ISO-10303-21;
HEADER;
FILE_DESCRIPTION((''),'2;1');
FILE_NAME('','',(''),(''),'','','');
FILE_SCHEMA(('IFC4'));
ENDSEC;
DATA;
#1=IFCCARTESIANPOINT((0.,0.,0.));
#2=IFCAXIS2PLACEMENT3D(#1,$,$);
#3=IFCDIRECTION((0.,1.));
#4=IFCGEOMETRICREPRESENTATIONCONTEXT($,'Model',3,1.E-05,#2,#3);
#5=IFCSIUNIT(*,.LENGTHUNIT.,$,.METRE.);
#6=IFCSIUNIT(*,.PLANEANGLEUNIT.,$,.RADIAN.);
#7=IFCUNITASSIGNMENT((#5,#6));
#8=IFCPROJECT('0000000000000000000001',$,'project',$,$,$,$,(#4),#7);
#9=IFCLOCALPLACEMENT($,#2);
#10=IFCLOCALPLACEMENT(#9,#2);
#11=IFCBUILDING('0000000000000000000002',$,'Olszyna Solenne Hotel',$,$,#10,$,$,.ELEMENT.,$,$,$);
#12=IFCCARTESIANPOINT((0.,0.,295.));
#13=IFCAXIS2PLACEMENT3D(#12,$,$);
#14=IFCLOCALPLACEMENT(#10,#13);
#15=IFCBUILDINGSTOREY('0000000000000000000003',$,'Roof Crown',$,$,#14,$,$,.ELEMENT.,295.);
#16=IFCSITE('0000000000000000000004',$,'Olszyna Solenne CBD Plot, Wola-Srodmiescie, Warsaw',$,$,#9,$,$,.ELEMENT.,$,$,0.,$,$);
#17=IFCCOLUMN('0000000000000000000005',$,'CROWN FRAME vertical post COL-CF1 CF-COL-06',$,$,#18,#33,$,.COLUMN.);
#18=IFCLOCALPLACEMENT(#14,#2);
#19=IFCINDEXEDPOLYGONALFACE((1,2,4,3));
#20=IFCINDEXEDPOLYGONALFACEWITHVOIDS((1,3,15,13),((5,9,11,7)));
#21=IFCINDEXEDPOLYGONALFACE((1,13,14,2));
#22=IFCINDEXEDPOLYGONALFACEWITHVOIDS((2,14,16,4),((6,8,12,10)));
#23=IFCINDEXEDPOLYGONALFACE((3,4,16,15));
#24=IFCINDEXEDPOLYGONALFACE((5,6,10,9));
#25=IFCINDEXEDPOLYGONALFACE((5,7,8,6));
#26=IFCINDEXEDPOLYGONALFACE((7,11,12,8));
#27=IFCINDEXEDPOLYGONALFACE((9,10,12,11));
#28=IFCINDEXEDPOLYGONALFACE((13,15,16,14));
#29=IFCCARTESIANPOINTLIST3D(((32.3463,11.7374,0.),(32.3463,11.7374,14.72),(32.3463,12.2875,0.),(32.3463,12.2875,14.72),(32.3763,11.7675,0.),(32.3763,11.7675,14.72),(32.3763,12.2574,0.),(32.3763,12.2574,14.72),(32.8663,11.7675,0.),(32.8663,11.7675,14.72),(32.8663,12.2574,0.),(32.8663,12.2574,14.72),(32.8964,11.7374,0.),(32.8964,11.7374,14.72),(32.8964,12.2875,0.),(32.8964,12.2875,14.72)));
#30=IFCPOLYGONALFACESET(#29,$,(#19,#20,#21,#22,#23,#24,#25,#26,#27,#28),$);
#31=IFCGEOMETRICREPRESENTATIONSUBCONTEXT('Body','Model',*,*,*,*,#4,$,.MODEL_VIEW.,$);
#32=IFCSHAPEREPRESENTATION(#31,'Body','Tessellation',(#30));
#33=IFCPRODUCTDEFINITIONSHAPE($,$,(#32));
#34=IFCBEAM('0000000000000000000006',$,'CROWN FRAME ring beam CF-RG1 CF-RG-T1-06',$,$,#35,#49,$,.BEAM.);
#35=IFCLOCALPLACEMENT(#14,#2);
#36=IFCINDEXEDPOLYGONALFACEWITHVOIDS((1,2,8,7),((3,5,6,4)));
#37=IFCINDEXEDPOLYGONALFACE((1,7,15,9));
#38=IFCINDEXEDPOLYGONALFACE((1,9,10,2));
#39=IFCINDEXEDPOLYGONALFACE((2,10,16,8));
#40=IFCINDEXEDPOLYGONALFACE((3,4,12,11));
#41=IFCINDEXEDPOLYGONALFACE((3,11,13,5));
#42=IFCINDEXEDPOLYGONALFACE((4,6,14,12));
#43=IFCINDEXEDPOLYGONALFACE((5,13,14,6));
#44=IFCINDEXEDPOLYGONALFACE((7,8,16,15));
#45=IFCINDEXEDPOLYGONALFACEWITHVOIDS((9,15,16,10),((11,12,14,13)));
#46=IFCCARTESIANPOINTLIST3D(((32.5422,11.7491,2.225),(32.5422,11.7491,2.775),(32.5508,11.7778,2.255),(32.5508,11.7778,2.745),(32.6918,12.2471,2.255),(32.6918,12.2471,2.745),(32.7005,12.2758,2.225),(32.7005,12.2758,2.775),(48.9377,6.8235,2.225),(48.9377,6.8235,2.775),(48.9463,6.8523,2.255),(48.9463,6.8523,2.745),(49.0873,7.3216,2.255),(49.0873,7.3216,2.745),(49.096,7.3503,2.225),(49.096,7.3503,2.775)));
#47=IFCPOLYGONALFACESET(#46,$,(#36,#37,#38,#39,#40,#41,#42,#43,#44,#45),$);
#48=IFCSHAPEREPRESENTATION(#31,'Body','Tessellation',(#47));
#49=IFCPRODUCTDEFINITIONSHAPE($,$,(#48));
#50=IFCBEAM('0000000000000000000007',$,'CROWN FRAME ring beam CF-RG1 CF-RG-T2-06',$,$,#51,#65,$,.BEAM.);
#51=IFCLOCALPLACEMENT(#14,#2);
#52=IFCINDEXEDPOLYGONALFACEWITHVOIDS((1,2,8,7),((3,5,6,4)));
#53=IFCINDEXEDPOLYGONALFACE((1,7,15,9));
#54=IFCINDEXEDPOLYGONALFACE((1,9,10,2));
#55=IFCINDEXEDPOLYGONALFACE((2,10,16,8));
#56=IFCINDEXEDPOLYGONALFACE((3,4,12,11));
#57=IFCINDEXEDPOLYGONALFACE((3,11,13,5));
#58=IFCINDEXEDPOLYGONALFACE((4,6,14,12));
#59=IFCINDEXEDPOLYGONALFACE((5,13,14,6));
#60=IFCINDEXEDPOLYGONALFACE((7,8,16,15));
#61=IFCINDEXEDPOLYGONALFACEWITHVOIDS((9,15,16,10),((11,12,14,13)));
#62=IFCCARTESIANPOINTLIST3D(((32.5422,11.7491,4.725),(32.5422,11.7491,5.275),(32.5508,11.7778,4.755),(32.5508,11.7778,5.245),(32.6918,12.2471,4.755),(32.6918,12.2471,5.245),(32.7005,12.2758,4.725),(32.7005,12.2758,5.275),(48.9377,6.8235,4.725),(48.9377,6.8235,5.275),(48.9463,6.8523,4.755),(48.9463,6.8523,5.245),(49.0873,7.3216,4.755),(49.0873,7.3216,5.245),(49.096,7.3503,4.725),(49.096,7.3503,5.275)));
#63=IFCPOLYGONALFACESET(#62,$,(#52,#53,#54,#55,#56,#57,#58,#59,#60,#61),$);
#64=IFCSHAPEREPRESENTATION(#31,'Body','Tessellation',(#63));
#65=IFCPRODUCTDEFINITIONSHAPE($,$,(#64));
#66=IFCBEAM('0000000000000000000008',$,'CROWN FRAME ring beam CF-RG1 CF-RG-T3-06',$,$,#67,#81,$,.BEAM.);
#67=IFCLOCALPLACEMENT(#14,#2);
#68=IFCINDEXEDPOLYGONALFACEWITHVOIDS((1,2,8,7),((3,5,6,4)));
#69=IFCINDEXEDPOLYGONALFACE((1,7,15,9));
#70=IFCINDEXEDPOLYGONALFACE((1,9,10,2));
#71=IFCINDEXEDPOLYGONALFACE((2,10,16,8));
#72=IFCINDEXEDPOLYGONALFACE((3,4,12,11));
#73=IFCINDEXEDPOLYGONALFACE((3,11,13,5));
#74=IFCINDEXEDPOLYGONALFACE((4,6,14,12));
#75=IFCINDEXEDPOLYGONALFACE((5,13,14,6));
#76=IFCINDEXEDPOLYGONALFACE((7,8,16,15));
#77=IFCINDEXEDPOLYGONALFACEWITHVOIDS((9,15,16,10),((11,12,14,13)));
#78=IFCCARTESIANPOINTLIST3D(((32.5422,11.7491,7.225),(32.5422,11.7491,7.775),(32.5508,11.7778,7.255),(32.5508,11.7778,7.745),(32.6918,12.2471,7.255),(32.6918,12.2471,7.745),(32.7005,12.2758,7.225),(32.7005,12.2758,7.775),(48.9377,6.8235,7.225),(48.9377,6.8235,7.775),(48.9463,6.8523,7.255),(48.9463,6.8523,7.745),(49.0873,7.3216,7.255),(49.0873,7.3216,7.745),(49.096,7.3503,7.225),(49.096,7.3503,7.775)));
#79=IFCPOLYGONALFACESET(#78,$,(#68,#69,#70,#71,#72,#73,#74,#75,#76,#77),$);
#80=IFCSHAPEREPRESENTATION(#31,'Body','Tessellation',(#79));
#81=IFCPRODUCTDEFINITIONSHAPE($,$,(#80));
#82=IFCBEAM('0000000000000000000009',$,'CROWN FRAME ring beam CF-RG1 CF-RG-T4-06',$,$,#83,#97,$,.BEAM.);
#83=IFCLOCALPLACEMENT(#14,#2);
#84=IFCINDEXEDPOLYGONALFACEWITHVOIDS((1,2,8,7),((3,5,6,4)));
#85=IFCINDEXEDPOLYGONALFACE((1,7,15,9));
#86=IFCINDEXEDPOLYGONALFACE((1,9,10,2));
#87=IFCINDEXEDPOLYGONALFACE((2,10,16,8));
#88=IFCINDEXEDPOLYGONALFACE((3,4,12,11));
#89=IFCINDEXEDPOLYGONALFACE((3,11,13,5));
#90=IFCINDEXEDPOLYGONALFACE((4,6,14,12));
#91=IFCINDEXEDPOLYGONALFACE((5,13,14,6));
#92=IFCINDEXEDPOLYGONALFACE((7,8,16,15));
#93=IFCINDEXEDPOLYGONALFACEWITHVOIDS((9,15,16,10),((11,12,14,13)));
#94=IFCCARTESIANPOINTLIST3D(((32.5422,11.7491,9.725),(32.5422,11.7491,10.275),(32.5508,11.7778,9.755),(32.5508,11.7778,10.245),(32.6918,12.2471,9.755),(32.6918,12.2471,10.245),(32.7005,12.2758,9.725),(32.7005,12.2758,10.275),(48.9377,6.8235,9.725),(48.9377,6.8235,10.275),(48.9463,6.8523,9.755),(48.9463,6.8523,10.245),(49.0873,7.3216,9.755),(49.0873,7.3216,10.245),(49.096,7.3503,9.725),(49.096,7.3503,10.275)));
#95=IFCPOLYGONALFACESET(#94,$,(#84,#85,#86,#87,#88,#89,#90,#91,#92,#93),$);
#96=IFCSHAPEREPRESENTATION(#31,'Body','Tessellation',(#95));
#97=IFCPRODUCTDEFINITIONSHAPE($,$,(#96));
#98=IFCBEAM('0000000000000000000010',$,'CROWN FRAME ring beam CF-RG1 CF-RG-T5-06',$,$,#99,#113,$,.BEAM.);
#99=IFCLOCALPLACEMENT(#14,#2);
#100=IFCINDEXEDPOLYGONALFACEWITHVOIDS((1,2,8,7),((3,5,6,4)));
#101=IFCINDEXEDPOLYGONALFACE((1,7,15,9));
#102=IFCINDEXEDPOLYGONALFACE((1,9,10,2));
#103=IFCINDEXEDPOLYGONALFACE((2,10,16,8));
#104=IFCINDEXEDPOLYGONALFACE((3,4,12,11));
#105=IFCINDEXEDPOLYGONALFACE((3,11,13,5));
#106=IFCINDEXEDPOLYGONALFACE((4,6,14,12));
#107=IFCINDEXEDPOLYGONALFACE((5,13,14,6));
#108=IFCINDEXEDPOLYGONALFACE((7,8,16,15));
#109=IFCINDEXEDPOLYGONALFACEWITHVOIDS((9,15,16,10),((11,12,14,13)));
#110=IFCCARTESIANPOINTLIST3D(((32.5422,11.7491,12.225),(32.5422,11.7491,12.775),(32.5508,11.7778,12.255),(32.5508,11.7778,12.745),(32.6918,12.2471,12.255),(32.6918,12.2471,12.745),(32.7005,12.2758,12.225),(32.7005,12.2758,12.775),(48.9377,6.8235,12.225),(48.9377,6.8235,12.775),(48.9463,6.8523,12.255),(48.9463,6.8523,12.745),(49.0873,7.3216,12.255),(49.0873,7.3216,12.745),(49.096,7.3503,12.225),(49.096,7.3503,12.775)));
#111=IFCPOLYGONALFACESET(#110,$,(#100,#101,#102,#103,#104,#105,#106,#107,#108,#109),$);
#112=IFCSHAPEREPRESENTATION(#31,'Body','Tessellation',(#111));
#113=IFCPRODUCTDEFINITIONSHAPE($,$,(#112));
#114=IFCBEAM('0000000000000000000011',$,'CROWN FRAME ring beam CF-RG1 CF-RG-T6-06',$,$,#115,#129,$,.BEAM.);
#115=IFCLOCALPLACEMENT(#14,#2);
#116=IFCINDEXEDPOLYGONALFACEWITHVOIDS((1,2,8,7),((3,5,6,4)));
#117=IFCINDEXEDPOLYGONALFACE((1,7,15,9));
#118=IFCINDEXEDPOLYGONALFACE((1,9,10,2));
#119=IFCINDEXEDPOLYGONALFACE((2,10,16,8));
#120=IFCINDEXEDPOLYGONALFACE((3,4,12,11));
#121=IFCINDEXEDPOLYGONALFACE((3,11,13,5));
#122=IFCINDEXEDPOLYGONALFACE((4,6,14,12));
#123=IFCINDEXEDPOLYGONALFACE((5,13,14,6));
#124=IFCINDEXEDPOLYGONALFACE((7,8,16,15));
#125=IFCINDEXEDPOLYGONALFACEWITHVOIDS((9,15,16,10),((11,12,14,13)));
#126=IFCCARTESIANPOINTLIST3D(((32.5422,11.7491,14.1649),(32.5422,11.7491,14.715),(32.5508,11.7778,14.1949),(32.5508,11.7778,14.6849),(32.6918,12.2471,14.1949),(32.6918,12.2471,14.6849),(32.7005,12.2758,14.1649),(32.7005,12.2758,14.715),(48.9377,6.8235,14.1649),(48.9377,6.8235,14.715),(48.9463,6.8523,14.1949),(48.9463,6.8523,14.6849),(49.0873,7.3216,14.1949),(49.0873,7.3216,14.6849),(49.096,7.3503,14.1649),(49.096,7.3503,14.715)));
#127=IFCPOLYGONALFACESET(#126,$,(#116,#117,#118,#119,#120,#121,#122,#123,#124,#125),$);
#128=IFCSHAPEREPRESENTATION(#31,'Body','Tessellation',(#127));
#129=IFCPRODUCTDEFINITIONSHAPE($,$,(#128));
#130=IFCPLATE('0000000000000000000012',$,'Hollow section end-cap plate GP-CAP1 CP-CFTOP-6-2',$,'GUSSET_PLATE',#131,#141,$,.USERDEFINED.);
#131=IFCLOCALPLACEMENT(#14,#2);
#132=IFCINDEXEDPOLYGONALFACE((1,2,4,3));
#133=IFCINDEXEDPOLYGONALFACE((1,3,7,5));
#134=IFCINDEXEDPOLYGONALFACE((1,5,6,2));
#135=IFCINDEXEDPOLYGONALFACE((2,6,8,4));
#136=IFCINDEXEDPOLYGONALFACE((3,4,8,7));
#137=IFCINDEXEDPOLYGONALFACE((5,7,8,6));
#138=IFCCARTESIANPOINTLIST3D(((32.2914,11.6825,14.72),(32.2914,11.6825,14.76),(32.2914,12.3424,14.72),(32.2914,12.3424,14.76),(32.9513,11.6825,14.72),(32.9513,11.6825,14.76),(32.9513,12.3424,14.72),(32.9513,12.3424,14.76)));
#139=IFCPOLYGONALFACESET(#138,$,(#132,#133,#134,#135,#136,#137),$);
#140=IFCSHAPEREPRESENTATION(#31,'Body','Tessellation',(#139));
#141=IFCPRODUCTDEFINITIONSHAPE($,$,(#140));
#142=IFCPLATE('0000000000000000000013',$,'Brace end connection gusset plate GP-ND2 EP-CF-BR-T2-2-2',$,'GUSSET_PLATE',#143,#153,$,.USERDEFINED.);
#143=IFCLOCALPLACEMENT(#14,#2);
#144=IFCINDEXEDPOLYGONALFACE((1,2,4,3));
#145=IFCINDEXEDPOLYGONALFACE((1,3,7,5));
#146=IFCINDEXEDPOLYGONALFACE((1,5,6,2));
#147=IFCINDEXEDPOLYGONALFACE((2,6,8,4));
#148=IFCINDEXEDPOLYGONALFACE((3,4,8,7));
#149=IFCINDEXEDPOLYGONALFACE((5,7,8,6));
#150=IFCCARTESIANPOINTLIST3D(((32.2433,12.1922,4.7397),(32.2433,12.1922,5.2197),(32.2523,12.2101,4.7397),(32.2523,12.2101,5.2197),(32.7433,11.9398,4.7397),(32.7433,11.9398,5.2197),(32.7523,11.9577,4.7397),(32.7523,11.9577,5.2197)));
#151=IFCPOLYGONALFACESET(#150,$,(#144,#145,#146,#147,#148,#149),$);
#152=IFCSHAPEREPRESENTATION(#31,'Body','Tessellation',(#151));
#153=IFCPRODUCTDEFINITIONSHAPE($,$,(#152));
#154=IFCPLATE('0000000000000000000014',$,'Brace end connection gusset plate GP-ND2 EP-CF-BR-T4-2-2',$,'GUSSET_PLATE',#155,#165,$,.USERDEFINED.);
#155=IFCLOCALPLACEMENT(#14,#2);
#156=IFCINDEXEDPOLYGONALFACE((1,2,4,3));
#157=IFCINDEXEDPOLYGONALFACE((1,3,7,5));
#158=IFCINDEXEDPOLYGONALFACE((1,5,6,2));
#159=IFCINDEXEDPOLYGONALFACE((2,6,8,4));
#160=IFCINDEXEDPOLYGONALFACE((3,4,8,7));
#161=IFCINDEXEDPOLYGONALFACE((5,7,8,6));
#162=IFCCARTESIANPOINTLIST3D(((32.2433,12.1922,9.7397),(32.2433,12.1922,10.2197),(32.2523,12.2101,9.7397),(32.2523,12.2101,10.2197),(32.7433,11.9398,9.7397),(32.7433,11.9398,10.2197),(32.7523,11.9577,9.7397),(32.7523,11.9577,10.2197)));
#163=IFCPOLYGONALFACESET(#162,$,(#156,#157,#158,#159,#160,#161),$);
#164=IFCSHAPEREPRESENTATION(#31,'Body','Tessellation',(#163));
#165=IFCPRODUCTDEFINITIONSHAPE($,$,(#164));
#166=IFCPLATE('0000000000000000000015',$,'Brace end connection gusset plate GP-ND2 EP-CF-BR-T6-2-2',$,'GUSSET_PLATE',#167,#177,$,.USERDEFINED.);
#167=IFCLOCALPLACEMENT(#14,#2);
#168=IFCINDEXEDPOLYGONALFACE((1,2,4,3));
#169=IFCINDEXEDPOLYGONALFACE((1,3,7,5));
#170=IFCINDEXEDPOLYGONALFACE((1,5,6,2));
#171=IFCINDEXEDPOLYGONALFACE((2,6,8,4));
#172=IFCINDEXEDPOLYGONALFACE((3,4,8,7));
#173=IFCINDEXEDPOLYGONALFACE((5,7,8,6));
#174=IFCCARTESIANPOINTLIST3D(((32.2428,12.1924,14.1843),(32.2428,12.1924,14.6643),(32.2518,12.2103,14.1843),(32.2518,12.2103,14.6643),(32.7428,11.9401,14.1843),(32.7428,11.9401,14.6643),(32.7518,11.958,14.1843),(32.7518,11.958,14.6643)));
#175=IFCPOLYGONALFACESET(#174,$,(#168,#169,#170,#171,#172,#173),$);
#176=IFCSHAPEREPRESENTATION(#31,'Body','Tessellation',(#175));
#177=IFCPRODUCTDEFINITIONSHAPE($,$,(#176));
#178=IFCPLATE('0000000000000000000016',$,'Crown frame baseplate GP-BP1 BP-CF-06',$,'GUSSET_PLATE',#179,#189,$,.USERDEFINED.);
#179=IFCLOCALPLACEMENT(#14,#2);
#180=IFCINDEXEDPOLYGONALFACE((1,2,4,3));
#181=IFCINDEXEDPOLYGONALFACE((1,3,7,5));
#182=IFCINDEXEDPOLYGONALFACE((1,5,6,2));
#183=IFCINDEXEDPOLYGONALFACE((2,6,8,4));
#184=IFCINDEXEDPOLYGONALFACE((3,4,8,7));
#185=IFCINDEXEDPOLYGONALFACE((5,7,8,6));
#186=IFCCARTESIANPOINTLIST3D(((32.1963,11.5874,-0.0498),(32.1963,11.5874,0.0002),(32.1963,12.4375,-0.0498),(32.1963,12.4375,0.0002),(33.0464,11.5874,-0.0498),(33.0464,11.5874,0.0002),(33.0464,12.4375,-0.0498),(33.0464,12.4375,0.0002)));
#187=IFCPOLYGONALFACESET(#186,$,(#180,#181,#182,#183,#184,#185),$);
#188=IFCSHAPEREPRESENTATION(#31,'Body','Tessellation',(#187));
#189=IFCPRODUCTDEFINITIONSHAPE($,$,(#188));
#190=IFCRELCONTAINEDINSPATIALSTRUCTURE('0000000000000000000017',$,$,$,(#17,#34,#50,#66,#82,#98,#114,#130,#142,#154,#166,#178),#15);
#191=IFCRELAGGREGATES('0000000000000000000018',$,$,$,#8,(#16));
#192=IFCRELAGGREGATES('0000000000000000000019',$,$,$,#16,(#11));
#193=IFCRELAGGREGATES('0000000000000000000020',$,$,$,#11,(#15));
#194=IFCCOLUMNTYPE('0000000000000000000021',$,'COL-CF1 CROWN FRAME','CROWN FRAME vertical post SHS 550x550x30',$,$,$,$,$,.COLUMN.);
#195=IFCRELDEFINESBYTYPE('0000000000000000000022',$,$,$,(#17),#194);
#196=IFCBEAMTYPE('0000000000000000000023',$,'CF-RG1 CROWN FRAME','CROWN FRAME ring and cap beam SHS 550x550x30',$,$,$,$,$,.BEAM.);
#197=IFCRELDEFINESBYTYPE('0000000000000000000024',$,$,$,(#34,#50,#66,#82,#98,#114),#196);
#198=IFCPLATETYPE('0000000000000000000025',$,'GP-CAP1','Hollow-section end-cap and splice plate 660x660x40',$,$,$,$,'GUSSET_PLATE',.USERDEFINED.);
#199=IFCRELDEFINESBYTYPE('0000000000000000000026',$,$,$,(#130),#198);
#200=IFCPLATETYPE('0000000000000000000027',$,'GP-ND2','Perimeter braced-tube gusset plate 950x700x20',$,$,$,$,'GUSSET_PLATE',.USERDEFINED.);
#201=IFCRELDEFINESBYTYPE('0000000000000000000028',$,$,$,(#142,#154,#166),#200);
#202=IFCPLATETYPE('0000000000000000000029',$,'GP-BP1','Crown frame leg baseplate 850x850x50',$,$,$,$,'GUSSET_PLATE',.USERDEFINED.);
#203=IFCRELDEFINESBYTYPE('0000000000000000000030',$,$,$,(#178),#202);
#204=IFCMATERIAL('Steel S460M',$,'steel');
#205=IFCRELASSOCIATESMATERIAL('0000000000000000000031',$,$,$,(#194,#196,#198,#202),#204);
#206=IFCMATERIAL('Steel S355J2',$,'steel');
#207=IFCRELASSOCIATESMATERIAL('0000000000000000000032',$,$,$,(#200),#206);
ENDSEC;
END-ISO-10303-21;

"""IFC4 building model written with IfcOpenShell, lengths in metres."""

from ifc_helpers import new_model, si_unit, direction, frame, origin, origin_2d, place, context, subcontext, project, spatial, rectangle, hollow_rectangle, extrude, source, transform, mapped, material, material_profile, profile_set, type_object, element, save


model = new_model("IFC4")

# Units and contexts
model_context = context("Model", 3, precision=1e-05, world=origin(), true_north=direction((0.0, 1.0)))
body_context = subcontext(model_context, "Body", "Model", "MODEL_VIEW")
ifc_project = project(units=[si_unit("LENGTHUNIT", "METRE"), si_unit("PLANEANGLEUNIT", "RADIAN")], contexts=[model_context])

# Site, building, storey
site_placement = place(None, origin())
site = spatial("IfcSite", under=ifc_project, at=site_placement, Name="Olszyna Solenne CBD Plot, Wola-Srodmiescie, Warsaw", CompositionType="ELEMENT", RefElevation=0.0)
building_placement = place(site_placement, origin())
building = spatial("IfcBuilding", under=site, at=building_placement, Name="Olszyna Solenne Hotel", CompositionType="ELEMENT")
storey_placement = place(building_placement, frame((0.0, 0.0, 295.0)))
storey = spatial("IfcBuildingStorey", under=building, at=storey_placement, Name="Roof Crown", CompositionType="ELEMENT", Elevation=295.0)

# Column
ifc_material_1 = material(Name="Steel S460M", Category="steel")
ifc_material_profile_1 = material_profile(ifc_material_1, hollow_rectangle(XDim=0.55, YDim=0.55, WallThickness=0.03, at=origin_2d()), Name="SHS 550x550x30", Category="load-bearing")
ifc_profile_set_1 = profile_set([ifc_material_profile_1], Name="Steel S460M")
column_type = type_object("IfcColumnType", Name="COL-CF1 CROWN FRAME", Description="CROWN FRAME vertical post SHS 550x550x30", PredefinedType="COLUMN", material=ifc_profile_set_1)
shared_shape_1 = source(origin(), body_context, "Body", "SweptSolid", [
    extrude(hollow_rectangle(XDim=0.55, YDim=0.55, WallThickness=0.03, at=origin_2d()), origin(), (0.0, 0.0, 1.0), 14.72),
])
column_placement = place(storey_placement, frame((32.6213, 12.0125, 0.0), z_axis=(0.0, 0.0, 1.0), x_axis=(1.0, 0.0, 0.0)))
element("IfcColumn", 1, at=column_placement, inside=storey, type_object=column_type, Name="CROWN FRAME vertical post COL-CF1 CF-COL-06", PredefinedType="COLUMN", context=body_context, shape_type="MappedRepresentation", body=[
    mapped(shared_shape_1, transform((0.0, 0.0, 0.0), x_axis=(1.0, 0.0, 0.0), y_axis=(0.0, 1.0, 0.0), z_axis=(0.0, 0.0, 1.0), scale=1.0)),
])

# Beams
ifc_material_profile_2 = material_profile(ifc_material_1, hollow_rectangle(XDim=0.55, YDim=0.55, WallThickness=0.03, at=origin_2d()), Name="SHS 550x550x30", Category="load-bearing")
ifc_profile_set_2 = profile_set([ifc_material_profile_2], Name="Steel S460M")
beam_type = type_object("IfcBeamType", Name="CF-RG1 CROWN FRAME", Description="CROWN FRAME ring and cap beam SHS 550x550x30", PredefinedType="BEAM", material=ifc_profile_set_2)
shared_shape_2 = source(origin(), body_context, "Body", "SweptSolid", [
    extrude(hollow_rectangle(XDim=0.55, YDim=0.55, WallThickness=0.03, at=origin_2d()), origin(), (0.0, 0.0, 1.0), 17.1194),
])
for number, where, z_axis, x_axis, name in (
    (2, (32.6213, 12.0125, 2.5), (0.957716, -0.287717, 0.0), (0.287717, 0.957716, 0.0), "CROWN FRAME ring beam CF-RG1 CF-RG-T1-06"),
    (3, (32.6213, 12.0125, 5.0), (0.957716, -0.287717, 0.0), (0.287717, 0.957716, 0.0), "CROWN FRAME ring beam CF-RG1 CF-RG-T2-06"),
    (4, (32.6213, 12.0125, 7.5), (0.957716, -0.287717, 0.0), (0.287717, 0.957716, 0.0), "CROWN FRAME ring beam CF-RG1 CF-RG-T3-06"),
    (5, (32.6213, 12.0125, 10.0), (0.957716, -0.287717, 0.0), (0.287717, 0.957716, 0.0), "CROWN FRAME ring beam CF-RG1 CF-RG-T4-06"),
    (6, (32.6213, 12.0125, 12.5), (0.957716, -0.287717, 0.0), (0.287717, 0.957716, 0.0), "CROWN FRAME ring beam CF-RG1 CF-RG-T5-06"),
    (7, (32.6213, 12.0125, 14.4399), (0.957716, -0.287717, 0.0), (0.287717, 0.957716, 0.0), "CROWN FRAME ring beam CF-RG1 CF-RG-T6-06"),
):
    element("IfcBeam", number, at=place(storey_placement, frame(where, z_axis=z_axis, x_axis=x_axis)), inside=storey, type_object=beam_type, Name=name, PredefinedType="BEAM", context=body_context, shape_type="MappedRepresentation", body=[
        mapped(shared_shape_2, transform((0.0, 0.0, 0.0), x_axis=(1.0, 0.0, 0.0), y_axis=(0.0, 1.0, 0.0), z_axis=(0.0, 0.0, 1.0), scale=1.0)),
    ])

# Plates
plate_type_1 = type_object("IfcPlateType", Name="GP-CAP1", Description="Hollow-section end-cap and splice plate 660x660x40", ElementType="GUSSET_PLATE", PredefinedType="USERDEFINED", material=ifc_material_1)
shared_shape_3 = source(origin(), body_context, "Body", "SweptSolid", [
    extrude(rectangle(XDim=0.6599, YDim=0.6599, at=origin_2d()), origin(), (0.0, 0.0, 1.0), 0.04),
])
plate_1_placement = place(storey_placement, frame((32.6213, 12.0125, 14.72), z_axis=(0.0, 0.0, 1.0), x_axis=(1.0, 0.0, 0.0)))
element("IfcPlate", 8, at=plate_1_placement, inside=storey, type_object=plate_type_1, Name="Hollow section end-cap plate GP-CAP1 CP-CFTOP-6-2", ObjectType="GUSSET_PLATE", PredefinedType="USERDEFINED", context=body_context, shape_type="MappedRepresentation", body=[
    mapped(shared_shape_3, transform((0.0, 0.0, 0.0), x_axis=(1.0, 0.0, 0.0), y_axis=(0.0, 1.0, 0.0), z_axis=(0.0, 0.0, 1.0), scale=1.0)),
])
ifc_material_2 = material(Name="Steel S355J2", Category="steel")
plate_type_2 = type_object("IfcPlateType", Name="GP-ND2", Description="Perimeter braced-tube gusset plate 950x700x20", ElementType="GUSSET_PLATE", PredefinedType="USERDEFINED", material=ifc_material_2)
shared_shape_4 = source(origin(), body_context, "Body", "SweptSolid", [
    extrude(rectangle(XDim=0.5601, YDim=0.02, at=origin_2d()), origin(), (0.0, 0.0, 1.0), 0.48),
])
for number, where, z_axis, x_axis, name in (
    (9, (32.4978, 12.075, 4.7397), (0.0, 0.0, 1.0), (0.892743, -0.450566, 0.0), "Brace end connection gusset plate GP-ND2 EP-CF-BR-T2-2-2"),
    (10, (32.4978, 12.075, 9.7397), (0.0, 0.0, 1.0), (0.892743, -0.450566, 0.0), "Brace end connection gusset plate GP-ND2 EP-CF-BR-T4-2-2"),
    (11, (32.4973, 12.0752, 14.1843), (0.0, 0.0, 1.0), (0.892743, -0.450566, 0.0), "Brace end connection gusset plate GP-ND2 EP-CF-BR-T6-2-2"),
):
    element("IfcPlate", number, at=place(storey_placement, frame(where, z_axis=z_axis, x_axis=x_axis)), inside=storey, type_object=plate_type_2, Name=name, ObjectType="GUSSET_PLATE", PredefinedType="USERDEFINED", context=body_context, shape_type="MappedRepresentation", body=[
        mapped(shared_shape_4, transform((0.0, 0.0, 0.0), x_axis=(1.0, 0.0, 0.0), y_axis=(0.0, 1.0, 0.0), z_axis=(0.0, 0.0, 1.0), scale=1.0)),
    ])
plate_type_3 = type_object("IfcPlateType", Name="GP-BP1", Description="Crown frame leg baseplate 850x850x50", ElementType="GUSSET_PLATE", PredefinedType="USERDEFINED", material=ifc_material_1)
shared_shape_5 = source(origin(), body_context, "Body", "SweptSolid", [
    extrude(rectangle(XDim=0.8501, YDim=0.8501, at=origin_2d()), origin(), (0.0, 0.0, 1.0), 0.05),
])
plate_2_placement = place(storey_placement, frame((32.6213, 12.0125, -0.0498), z_axis=(0.0, 0.0, 1.0), x_axis=(1.0, 0.0, 0.0)))
element("IfcPlate", 12, at=plate_2_placement, inside=storey, type_object=plate_type_3, Name="Crown frame baseplate GP-BP1 BP-CF-06", ObjectType="GUSSET_PLATE", PredefinedType="USERDEFINED", context=body_context, shape_type="MappedRepresentation", body=[
    mapped(shared_shape_5, transform((0.0, 0.0, 0.0), x_axis=(1.0, 0.0, 0.0), y_axis=(0.0, 1.0, 0.0), z_axis=(0.0, 0.0, 1.0), scale=1.0)),
])

save(model, "model.ifc")
